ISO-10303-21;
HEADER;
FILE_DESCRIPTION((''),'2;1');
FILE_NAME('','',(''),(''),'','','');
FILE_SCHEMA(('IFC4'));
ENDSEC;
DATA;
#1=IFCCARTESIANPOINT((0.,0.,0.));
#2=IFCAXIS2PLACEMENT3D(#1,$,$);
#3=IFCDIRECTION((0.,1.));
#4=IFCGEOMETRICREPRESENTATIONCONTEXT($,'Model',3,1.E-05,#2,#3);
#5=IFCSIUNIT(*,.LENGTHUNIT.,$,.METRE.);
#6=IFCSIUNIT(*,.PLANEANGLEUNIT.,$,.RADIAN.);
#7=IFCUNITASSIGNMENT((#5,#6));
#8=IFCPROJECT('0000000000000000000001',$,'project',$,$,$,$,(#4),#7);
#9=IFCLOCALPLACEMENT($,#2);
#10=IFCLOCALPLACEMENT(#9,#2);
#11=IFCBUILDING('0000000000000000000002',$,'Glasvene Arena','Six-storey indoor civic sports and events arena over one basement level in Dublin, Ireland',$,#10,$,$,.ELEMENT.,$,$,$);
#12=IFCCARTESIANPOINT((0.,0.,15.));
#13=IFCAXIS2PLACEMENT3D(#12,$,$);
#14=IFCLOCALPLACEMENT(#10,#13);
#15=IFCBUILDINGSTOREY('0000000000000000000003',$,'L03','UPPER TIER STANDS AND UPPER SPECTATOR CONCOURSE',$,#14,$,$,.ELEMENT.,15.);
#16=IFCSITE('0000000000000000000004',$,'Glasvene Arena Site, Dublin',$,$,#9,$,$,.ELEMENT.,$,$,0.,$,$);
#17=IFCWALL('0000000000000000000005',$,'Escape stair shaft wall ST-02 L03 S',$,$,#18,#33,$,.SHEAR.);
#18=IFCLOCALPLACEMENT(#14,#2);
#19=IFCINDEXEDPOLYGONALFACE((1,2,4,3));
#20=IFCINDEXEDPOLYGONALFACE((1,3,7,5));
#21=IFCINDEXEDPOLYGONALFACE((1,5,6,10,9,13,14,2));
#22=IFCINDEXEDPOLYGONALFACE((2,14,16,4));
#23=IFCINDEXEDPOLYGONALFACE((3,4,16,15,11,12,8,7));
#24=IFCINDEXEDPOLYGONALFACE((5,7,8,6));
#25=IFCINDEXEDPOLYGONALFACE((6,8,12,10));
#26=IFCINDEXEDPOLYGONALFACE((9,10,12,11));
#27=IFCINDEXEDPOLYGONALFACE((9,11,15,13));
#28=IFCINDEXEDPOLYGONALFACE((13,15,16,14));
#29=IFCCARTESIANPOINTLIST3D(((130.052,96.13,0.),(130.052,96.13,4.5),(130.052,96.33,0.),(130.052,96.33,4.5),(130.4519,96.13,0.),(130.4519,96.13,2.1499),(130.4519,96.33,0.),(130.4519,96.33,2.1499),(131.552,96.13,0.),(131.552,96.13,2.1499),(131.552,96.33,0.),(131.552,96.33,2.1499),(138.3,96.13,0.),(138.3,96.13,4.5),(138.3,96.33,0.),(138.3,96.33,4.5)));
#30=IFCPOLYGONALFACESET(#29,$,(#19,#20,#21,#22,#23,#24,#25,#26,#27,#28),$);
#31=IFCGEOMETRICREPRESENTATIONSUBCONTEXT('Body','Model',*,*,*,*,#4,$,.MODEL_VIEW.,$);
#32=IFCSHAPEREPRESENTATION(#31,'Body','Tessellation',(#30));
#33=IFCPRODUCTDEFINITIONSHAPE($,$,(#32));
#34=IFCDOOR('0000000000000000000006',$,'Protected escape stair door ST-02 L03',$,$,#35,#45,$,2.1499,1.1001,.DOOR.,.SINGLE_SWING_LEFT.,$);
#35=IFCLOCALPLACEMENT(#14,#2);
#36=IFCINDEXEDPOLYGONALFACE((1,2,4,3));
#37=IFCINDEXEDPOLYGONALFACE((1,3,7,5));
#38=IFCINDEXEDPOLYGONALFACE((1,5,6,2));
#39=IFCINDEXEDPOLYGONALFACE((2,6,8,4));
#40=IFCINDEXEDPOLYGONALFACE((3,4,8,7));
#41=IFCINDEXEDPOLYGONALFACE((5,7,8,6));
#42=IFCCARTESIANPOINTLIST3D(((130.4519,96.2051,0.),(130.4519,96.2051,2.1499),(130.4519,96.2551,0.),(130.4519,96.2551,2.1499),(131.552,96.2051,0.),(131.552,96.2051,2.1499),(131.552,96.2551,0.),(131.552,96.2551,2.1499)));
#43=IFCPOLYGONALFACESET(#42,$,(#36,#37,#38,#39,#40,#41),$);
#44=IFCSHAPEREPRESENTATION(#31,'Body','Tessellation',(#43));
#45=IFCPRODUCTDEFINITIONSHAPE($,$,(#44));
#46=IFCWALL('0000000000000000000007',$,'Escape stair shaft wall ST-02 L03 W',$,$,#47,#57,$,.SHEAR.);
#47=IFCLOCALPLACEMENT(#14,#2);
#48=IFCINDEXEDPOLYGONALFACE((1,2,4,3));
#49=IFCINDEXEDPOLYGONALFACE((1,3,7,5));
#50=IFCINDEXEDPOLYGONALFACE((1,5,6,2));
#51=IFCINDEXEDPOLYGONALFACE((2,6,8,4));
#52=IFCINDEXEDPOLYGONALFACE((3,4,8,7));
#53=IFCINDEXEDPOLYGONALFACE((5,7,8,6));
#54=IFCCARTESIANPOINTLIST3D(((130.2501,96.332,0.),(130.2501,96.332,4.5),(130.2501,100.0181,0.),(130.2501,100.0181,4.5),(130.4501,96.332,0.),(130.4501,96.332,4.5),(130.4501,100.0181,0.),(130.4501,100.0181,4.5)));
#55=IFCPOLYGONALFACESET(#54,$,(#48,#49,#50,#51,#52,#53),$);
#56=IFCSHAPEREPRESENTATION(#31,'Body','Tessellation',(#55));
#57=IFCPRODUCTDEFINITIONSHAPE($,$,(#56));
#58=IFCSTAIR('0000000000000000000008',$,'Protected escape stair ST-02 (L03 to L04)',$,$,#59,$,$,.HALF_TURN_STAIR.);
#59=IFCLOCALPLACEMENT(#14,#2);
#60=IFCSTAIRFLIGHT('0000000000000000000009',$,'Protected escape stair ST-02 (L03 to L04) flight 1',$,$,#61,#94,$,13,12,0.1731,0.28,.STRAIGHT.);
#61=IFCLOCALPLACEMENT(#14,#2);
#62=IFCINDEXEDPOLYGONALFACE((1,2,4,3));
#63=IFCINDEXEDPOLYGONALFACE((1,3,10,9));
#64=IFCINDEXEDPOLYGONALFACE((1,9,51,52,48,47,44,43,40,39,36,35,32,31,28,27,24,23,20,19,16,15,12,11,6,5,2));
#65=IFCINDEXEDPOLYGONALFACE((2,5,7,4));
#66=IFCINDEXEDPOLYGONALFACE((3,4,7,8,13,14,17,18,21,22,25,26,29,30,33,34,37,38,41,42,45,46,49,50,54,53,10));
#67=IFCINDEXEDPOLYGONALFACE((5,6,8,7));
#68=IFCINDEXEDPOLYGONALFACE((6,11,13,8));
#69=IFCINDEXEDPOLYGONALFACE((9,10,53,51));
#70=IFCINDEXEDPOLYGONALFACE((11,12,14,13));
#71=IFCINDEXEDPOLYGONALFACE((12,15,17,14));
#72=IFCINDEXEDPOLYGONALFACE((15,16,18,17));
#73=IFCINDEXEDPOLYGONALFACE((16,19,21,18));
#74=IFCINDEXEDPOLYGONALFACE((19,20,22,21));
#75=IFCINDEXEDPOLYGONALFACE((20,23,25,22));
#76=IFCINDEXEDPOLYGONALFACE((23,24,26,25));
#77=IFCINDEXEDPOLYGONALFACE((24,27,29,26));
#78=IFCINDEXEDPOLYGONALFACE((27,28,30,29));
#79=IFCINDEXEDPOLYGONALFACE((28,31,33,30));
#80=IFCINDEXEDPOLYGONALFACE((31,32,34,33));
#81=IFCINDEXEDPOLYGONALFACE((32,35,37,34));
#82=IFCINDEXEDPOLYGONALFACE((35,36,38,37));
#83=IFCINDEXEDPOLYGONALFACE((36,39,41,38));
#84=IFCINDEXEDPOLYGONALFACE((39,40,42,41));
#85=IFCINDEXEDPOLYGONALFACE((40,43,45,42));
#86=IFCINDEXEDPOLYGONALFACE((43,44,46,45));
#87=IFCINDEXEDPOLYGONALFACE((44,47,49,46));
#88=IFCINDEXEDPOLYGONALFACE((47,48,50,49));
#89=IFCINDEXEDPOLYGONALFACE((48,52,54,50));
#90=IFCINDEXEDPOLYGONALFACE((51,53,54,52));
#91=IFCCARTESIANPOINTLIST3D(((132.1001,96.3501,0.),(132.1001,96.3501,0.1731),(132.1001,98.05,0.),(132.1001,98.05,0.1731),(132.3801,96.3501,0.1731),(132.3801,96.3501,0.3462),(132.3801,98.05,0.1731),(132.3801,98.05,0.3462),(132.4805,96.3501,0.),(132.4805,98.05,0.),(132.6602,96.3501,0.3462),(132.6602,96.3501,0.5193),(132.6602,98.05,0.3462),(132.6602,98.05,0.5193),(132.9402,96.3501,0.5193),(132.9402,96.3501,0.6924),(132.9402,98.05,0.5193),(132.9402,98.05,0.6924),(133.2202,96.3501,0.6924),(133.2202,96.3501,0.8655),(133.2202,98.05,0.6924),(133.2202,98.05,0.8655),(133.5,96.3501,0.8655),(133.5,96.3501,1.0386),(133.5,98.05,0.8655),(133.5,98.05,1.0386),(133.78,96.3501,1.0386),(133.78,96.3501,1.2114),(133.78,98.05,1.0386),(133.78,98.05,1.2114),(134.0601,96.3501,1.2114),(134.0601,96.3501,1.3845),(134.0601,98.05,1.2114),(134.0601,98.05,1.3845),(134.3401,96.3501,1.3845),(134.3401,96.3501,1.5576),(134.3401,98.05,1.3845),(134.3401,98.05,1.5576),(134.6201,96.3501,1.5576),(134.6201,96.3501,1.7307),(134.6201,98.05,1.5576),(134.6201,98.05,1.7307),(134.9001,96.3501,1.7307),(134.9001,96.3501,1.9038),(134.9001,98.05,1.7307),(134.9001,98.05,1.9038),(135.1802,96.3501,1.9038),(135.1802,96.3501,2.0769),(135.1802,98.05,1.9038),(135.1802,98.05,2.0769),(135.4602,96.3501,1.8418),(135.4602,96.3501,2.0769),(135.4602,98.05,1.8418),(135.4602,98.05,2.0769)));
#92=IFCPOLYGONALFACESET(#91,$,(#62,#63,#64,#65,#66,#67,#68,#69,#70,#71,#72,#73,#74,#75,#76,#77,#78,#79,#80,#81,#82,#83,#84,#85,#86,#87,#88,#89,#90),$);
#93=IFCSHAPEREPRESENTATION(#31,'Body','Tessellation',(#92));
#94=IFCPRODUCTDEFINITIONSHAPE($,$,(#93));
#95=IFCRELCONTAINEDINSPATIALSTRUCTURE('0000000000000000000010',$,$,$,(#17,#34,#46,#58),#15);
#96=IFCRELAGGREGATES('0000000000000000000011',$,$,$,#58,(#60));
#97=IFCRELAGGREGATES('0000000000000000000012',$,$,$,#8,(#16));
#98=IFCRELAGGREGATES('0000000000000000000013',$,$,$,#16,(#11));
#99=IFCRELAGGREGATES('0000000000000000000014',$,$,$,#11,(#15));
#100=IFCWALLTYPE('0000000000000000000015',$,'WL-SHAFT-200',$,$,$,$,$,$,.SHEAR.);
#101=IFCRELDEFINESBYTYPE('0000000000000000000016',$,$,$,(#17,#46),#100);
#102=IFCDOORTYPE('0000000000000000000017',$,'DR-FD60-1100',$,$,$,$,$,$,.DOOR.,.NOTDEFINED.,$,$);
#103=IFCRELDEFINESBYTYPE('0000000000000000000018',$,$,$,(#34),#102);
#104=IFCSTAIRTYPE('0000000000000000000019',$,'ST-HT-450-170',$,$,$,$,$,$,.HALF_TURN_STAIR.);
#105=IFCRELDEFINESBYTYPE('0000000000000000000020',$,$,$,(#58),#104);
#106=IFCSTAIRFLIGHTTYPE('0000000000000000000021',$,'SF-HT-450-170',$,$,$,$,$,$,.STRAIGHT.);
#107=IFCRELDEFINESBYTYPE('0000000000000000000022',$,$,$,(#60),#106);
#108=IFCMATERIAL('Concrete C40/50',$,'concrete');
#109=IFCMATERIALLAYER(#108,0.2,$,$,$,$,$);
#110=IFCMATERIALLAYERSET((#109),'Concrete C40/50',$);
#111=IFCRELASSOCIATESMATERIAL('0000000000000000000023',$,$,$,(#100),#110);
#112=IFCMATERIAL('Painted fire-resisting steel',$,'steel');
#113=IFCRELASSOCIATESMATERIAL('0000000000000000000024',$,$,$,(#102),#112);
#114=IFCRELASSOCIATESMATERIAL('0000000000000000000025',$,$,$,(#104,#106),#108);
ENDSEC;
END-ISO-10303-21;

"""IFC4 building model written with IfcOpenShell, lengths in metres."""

from ifc_helpers import new_model, si_unit, direction, frame, frame_2d, origin, place, context, subcontext, project, spatial, polyline, rectangle, outline, extrude, material, layer, layer_set, type_object, element, fill, aggregate, save


model = new_model("IFC4")

# Units and contexts
model_context = context("Model", 3, precision=1e-05, world=origin(), true_north=direction((0.0, 1.0)))
body_context = subcontext(model_context, "Body", "Model", "MODEL_VIEW")
ifc_project = project(units=[si_unit("LENGTHUNIT", "METRE"), si_unit("PLANEANGLEUNIT", "RADIAN")], contexts=[model_context])

# Site, building, storey
site_placement = place(None, origin())
site = spatial("IfcSite", under=ifc_project, at=site_placement, Name="Glasvene Arena Site, Dublin", CompositionType="ELEMENT", RefElevation=0.0)
building_placement = place(site_placement, origin())
building = spatial("IfcBuilding", under=site, at=building_placement, Name="Glasvene Arena", Description="Six-storey indoor civic sports and events arena over one basement level in Dublin, Ireland", CompositionType="ELEMENT")
storey_placement = place(building_placement, frame((0.0, 0.0, 15.0)))
storey = spatial("IfcBuildingStorey", under=building, at=storey_placement, Name="L03", Description="UPPER TIER STANDS AND UPPER SPECTATOR CONCOURSE", CompositionType="ELEMENT", Elevation=15.0)

# Shared definitions
ifc_material_1 = material(Name="Concrete C40/50", Category="concrete")

# Shared definitions
ifc_material_2 = material(Name="Painted fire-resisting steel", Category="steel")

# Wall, opening, door
ifc_layer_1 = layer(ifc_material_1, 0.2)
ifc_layer_set_1 = layer_set([ifc_layer_1], Name="Concrete C40/50")
wall_type_1 = type_object("IfcWallType", Name="WL-SHAFT-200", PredefinedType="SHEAR", material=ifc_layer_set_1)
wall_1_placement = place(storey_placement, frame((130.052, 96.23, 0.0), z_axis=(0.0, 0.0, 1.0), x_axis=(1.0, 0.0, 0.0)))
wall_1 = element("IfcWall", 1, at=wall_1_placement, inside=storey, type_object=wall_type_1, Name="Escape stair shaft wall ST-02 L03 S", PredefinedType="SHEAR", context=body_context, shape_type="SweptSolid", body=[
    extrude(rectangle(XDim=8.248, YDim=0.2, at=frame_2d((4.124, 0.0))), origin(), (0.0, 0.0, 1.0), 4.5),
])
opening_1_placement = place(wall_1_placement, frame((0.3999, 0.0, 0.0)))
opening_1 = element("IfcOpeningElement", 2, at=opening_1_placement, cuts=wall_1, PredefinedType="OPENING", context=body_context, shape_type="SweptSolid", body=[
    extrude(rectangle(XDim=1.1001, YDim=2.1499, at=frame_2d((0.55, 1.075))), frame((0.0, 0.1099, 0.0), z_axis=(0.0, -1.0, 0.0), x_axis=(1.0, 0.0, 0.0)), (0.0, 0.0, 1.0), 0.22),
])
door_type_1 = type_object("IfcDoorType", Name="DR-FD60-1100", OperationType="NOTDEFINED", PredefinedType="DOOR", material=ifc_material_2)
door_1_placement = place(opening_1_placement, frame((1.1001, 0.0, 0.0), z_axis=(0.0, 0.0, 1.0), x_axis=(-1.0, 0.0, 0.0)))
door_1 = element("IfcDoor", 3, at=door_1_placement, inside=storey, type_object=door_type_1, Name="Protected escape stair door ST-02 L03", OperationType="SINGLE_SWING_LEFT", OverallHeight=2.1499, OverallWidth=1.1001, PredefinedType="DOOR", context=body_context, shape_type="SweptSolid", body=[
    extrude(rectangle(XDim=1.1001, YDim=2.1499, at=frame_2d((0.55, 1.075))), frame((0.0, 0.0249, 0.0), z_axis=(0.0, -1.0, 0.0), x_axis=(1.0, 0.0, 0.0)), (0.0, 0.0, 1.0), 0.05),
])
fill(opening_1, door_1)

# Wall
wall_2_placement = place(storey_placement, frame((130.3501, 96.332, 0.0), z_axis=(0.0, 0.0, 1.0), x_axis=(0.0, 1.0, 0.0)))
element("IfcWall", 4, at=wall_2_placement, inside=storey, type_object=wall_type_1, Name="Escape stair shaft wall ST-02 L03 W", PredefinedType="SHEAR", context=body_context, shape_type="SweptSolid", body=[
    extrude(rectangle(XDim=3.686, YDim=0.2, at=frame_2d((1.843, 0.0))), origin(), (0.0, 0.0, 1.0), 4.5),
])

# Stair, stair flight
stair_type = type_object("IfcStairType", Name="ST-HT-450-170", PredefinedType="HALF_TURN_STAIR", material=ifc_material_1)
stair_placement = place(storey_placement, origin())
stair = element("IfcStair", 5, at=stair_placement, inside=storey, type_object=stair_type, Name="Protected escape stair ST-02 (L03 to L04)", PredefinedType="HALF_TURN_STAIR")
stair_flight_type = type_object("IfcStairFlightType", Name="SF-HT-450-170", PredefinedType="STRAIGHT", material=ifc_material_1)
stair_flight_placement = place(storey_placement, frame((132.1001, 97.2, 0.0), z_axis=(0.0, 0.0, 1.0), x_axis=(1.0, 0.0, 0.0)))
stair_flight = element("IfcStairFlight", 6, at=stair_flight_placement, type_object=stair_flight_type, Name="Protected escape stair ST-02 (L03 to L04) flight 1", NumberOfRisers=13, NumberOfTreads=12, PredefinedType="STRAIGHT", RiserHeight=0.1731, TreadLength=0.28, context=body_context, shape_type="SweptSolid", body=[
    extrude(outline(polyline([(0.0, 0.0), (0.0, 0.1731), (0.28, 0.1731), (0.28, 0.3462), (0.5601, 0.3462), (0.5601, 0.5193), (0.8401, 0.5193), (0.8401, 0.6924), (1.1201, 0.6924), (1.1201, 0.8655), (1.3999, 0.8655), (1.3999, 1.0386), (1.6799, 1.0386), (1.6799, 1.2114), (1.96, 1.2114), (1.96, 1.3845), (2.24, 1.3845), (2.24, 1.5576), (2.52, 1.5576), (2.52, 1.7307), (2.8, 1.7307), (2.8, 1.9038), (3.0801, 1.9038), (3.0801, 2.0769), (3.3601, 2.0769), (3.3601, 2.25), (3.3601, 1.8418), (0.3804, 0.0), (0.0, 0.0)])), frame((0.0, 0.8501, 0.0), z_axis=(0.0, -1.0, 0.0), x_axis=(1.0, 0.0, 0.0)), (0.0, 0.0, 1.0), 1.7),
])
aggregate(stair, [stair_flight])

save(model, "model.ifc")
